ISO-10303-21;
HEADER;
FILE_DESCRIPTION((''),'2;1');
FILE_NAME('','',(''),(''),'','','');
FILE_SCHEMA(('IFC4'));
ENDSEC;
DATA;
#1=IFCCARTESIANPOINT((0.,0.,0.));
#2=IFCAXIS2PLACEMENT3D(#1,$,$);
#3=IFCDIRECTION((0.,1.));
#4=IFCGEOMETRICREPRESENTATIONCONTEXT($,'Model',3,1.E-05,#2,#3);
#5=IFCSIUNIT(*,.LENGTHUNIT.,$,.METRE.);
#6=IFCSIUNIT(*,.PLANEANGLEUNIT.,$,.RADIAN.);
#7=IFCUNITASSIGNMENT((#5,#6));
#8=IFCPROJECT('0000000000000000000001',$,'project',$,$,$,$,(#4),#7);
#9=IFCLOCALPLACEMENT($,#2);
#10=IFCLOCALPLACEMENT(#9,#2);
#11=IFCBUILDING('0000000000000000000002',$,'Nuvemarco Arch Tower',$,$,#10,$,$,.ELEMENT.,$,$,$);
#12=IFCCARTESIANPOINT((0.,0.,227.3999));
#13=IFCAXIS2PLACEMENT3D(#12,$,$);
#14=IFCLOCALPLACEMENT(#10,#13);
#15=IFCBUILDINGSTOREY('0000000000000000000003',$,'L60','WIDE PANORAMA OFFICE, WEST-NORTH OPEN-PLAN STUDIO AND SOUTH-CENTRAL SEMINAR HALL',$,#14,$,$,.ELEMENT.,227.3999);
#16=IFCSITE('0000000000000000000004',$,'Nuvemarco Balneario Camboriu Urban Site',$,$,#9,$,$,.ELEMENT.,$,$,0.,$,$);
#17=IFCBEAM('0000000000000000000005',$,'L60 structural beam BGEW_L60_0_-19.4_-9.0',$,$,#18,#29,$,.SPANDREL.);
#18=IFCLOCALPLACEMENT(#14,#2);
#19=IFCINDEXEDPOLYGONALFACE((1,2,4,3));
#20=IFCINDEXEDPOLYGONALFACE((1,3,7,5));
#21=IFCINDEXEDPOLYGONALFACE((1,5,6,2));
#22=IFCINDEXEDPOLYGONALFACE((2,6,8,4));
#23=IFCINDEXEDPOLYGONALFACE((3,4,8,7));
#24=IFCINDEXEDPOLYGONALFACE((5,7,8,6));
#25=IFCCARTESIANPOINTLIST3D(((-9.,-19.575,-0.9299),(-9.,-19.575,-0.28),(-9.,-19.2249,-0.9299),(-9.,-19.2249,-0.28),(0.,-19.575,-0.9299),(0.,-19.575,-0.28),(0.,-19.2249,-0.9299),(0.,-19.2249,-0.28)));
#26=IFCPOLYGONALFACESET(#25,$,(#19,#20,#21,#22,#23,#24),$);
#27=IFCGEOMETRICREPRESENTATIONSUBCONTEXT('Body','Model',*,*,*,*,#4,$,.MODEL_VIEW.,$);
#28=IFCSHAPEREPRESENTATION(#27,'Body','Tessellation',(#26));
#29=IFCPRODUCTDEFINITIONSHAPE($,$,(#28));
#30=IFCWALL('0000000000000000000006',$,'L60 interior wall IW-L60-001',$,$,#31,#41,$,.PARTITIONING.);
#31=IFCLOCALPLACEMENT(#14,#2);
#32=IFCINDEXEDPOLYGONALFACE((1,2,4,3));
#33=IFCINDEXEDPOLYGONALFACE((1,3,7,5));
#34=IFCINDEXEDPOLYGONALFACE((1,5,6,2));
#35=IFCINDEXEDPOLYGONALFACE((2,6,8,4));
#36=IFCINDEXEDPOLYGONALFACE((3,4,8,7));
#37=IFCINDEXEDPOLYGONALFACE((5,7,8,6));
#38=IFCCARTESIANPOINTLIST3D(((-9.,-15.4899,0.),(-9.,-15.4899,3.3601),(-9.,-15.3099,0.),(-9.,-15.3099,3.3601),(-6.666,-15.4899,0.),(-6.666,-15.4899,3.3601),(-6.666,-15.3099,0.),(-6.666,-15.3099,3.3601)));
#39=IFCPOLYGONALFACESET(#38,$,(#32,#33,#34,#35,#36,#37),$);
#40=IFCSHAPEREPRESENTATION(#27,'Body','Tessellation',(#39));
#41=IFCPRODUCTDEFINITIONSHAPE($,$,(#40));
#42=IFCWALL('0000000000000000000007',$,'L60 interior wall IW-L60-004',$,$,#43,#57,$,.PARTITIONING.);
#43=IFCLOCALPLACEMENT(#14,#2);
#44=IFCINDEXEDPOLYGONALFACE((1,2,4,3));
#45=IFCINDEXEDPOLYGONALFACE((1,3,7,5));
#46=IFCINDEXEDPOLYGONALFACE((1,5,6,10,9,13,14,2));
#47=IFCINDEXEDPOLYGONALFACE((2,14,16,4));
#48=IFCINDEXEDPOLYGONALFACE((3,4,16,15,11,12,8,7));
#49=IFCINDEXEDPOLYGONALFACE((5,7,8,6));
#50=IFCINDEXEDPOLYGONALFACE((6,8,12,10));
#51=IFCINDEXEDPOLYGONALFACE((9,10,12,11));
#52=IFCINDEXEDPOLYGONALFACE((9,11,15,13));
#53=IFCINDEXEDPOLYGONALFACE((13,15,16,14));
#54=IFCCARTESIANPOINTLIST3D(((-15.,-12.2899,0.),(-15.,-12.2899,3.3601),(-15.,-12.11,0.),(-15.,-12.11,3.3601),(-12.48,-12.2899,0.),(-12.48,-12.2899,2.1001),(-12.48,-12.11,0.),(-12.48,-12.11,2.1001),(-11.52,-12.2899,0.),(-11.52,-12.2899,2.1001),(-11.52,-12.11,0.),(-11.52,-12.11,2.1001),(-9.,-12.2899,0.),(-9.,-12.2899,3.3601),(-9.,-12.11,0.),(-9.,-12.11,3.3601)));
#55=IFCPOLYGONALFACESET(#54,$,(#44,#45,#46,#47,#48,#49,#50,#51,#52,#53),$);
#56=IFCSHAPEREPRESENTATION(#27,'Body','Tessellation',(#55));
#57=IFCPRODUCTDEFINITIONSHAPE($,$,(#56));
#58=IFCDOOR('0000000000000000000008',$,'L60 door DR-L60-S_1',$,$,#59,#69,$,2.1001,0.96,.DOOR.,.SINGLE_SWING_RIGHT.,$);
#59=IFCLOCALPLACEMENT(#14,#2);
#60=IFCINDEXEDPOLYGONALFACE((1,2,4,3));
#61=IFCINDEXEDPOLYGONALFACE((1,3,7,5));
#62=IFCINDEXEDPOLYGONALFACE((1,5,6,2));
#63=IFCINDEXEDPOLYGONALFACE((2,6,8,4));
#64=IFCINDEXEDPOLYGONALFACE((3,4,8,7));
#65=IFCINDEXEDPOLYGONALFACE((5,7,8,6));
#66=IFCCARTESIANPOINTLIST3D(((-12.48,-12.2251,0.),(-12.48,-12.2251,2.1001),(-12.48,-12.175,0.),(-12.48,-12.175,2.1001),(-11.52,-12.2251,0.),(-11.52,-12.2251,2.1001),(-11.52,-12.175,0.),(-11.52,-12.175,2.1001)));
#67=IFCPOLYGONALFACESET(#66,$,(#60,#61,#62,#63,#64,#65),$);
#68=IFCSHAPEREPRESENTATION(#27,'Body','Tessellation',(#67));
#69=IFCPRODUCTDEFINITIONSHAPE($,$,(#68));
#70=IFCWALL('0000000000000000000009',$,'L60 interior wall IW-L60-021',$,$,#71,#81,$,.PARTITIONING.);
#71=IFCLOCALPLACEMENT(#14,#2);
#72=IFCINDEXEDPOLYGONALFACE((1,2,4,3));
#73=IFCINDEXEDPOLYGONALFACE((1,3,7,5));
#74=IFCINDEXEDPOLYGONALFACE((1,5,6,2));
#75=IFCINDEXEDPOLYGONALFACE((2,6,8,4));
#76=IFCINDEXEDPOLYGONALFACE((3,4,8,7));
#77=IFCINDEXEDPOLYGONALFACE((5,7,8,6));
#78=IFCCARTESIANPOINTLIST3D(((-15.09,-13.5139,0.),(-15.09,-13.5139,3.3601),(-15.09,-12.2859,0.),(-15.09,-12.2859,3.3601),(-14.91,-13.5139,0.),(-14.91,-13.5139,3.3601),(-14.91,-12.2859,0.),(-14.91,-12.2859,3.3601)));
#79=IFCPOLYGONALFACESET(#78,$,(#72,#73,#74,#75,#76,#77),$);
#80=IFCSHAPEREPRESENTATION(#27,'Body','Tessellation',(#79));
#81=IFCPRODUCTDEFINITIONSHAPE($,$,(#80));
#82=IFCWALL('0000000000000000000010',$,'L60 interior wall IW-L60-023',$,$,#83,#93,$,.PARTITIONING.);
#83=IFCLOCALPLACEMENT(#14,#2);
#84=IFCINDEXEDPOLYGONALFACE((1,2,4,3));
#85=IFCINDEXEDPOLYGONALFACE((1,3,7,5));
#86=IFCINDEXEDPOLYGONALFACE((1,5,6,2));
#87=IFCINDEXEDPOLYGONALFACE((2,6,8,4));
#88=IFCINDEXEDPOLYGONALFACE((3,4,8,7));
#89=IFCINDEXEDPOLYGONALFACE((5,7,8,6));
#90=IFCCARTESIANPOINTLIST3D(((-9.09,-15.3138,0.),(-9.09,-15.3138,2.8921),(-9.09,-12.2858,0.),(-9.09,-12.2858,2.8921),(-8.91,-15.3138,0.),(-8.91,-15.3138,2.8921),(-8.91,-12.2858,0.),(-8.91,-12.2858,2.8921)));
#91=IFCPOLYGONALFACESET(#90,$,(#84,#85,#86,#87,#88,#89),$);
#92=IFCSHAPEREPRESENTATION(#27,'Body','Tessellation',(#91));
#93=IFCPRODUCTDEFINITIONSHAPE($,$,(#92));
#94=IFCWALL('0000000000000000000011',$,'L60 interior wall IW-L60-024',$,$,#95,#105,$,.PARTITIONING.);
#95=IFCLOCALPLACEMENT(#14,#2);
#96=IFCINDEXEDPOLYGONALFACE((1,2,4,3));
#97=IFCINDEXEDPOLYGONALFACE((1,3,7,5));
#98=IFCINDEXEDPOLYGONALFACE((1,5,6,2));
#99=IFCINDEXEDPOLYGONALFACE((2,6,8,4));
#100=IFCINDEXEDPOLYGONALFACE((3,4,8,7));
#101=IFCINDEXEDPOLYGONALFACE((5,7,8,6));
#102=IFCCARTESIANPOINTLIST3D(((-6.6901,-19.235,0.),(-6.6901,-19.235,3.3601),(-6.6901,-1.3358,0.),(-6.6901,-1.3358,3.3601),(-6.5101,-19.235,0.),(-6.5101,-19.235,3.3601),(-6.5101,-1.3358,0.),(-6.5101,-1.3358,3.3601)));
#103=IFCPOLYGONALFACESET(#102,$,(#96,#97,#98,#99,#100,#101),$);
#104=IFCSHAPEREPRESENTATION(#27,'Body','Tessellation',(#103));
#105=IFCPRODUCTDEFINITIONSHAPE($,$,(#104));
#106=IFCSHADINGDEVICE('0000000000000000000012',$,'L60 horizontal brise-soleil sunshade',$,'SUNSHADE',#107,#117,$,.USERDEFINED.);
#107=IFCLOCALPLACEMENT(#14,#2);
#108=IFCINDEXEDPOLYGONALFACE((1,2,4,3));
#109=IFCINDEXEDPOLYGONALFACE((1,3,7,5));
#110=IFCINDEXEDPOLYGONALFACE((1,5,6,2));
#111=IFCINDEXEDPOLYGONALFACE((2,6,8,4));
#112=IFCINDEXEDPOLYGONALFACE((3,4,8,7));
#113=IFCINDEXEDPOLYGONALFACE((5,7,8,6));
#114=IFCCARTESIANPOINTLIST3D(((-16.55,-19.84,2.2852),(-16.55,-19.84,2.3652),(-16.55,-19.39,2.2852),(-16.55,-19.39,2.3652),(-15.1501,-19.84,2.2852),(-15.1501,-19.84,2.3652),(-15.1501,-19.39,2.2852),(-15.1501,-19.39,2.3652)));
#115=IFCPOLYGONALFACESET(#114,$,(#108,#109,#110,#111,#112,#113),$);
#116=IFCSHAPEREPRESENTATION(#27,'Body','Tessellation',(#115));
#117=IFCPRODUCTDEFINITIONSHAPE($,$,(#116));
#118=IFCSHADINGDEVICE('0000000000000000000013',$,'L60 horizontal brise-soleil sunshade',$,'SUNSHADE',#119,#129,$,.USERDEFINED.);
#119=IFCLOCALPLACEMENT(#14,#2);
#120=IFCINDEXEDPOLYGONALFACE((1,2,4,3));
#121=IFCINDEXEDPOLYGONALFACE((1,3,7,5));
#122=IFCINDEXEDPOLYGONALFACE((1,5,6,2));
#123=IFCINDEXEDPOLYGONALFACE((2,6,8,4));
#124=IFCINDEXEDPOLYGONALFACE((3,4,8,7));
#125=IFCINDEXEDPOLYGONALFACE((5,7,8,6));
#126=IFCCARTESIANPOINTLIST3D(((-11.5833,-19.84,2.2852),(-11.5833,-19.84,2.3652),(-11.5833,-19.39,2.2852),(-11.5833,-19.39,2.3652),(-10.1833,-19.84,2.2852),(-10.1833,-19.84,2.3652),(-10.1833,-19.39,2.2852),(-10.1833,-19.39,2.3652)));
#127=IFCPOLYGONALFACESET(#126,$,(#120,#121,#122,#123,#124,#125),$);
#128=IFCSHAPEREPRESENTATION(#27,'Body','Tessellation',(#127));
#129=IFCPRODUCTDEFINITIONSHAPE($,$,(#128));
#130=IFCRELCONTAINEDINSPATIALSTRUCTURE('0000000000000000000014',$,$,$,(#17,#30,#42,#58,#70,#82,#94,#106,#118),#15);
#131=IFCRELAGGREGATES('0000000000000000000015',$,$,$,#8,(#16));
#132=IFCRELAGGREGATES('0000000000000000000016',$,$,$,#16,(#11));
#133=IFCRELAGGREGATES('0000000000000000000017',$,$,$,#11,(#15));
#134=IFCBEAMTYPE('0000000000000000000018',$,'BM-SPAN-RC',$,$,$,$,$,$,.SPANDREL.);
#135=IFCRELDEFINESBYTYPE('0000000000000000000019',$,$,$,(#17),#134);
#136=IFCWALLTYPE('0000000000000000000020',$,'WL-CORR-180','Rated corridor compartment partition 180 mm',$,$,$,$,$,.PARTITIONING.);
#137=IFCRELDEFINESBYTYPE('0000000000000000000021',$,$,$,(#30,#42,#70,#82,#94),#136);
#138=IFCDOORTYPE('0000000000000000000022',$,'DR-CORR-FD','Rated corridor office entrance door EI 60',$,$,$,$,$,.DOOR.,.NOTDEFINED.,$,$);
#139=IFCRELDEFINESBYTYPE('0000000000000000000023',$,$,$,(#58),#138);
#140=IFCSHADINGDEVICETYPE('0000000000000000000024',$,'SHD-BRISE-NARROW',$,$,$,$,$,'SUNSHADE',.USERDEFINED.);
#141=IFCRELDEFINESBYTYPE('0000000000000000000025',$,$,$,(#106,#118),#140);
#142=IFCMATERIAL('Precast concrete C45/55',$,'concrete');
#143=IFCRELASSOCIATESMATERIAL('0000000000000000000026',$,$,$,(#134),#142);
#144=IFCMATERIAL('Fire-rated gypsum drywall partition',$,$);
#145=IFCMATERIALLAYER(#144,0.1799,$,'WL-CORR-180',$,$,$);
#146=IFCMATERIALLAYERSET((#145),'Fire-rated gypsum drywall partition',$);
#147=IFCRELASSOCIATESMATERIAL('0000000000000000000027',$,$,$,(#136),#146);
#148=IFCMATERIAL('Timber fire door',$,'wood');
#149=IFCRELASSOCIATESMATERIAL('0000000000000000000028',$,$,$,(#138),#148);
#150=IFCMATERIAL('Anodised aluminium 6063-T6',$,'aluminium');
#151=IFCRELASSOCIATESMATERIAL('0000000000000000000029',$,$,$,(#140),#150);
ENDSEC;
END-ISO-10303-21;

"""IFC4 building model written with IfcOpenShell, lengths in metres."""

from ifc_helpers import new_model, si_unit, direction, frame, frame_2d, origin, origin_2d, place, context, subcontext, project, spatial, rectangle, extrude, source, transform, mapped, material, layer, layer_set, material_profile, profile_set, type_object, type_shapes, element, fill, save


model = new_model("IFC4")

# Units and contexts
model_context = context("Model", 3, precision=1e-05, world=origin(), true_north=direction((0.0, 1.0)))
body_context = subcontext(model_context, "Body", "Model", "MODEL_VIEW")
ifc_project = project(units=[si_unit("LENGTHUNIT", "METRE"), si_unit("PLANEANGLEUNIT", "RADIAN")], contexts=[model_context])

# Site, building, storey
site_placement = place(None, origin())
site = spatial("IfcSite", under=ifc_project, at=site_placement, Name="Nuvemarco Balneario Camboriu Urban Site", CompositionType="ELEMENT", RefElevation=0.0)
building_placement = place(site_placement, origin())
building = spatial("IfcBuilding", under=site, at=building_placement, Name="Nuvemarco Arch Tower", CompositionType="ELEMENT")
storey_placement = place(building_placement, frame((0.0, 0.0, 227.3999)))
storey = spatial("IfcBuildingStorey", under=building, at=storey_placement, Name="L60", Description="WIDE PANORAMA OFFICE, WEST-NORTH OPEN-PLAN STUDIO AND SOUTH-CENTRAL SEMINAR HALL", CompositionType="ELEMENT", Elevation=227.3999)

# Beam
ifc_material_1 = material(Name="Precast concrete C45/55", Category="concrete")
ifc_material_profile_1 = material_profile(ifc_material_1, rectangle(XDim=0.3501, YDim=0.6499, at=origin_2d()), Name="PC-SP-350x650")
ifc_profile_set_1 = profile_set([ifc_material_profile_1], Name="Precast concrete C45/55")
beam_type_1 = type_object("IfcBeamType", Name="BM-SPAN-RC", PredefinedType="SPANDREL", material=ifc_profile_set_1)
beam_1_placement = place(storey_placement, frame((-9.0, -19.3999, -0.605), z_axis=(1.0, 0.0, 0.0), x_axis=(0.0, 1.0, 0.0)))
element("IfcBeam", 1, at=beam_1_placement, inside=storey, type_object=beam_type_1, Name="L60 structural beam BGEW_L60_0_-19.4_-9.0", PredefinedType="SPANDREL", context=body_context, shape_type="SweptSolid", body=[
    extrude(rectangle(XDim=0.3501, YDim=0.6499, at=origin_2d()), origin(), (0.0, 0.0, 1.0), 9.0),
])

# Shared definitions
ifc_material_2 = material(Name="Anodised aluminium 6063-T6", Category="aluminium")

# Wall
ifc_material_3 = material(Name="Fire-rated gypsum drywall partition")
ifc_layer_1 = layer(ifc_material_3, 0.1799, Name="WL-CORR-180")
ifc_layer_set_1 = layer_set([ifc_layer_1], Name="Fire-rated gypsum drywall partition")
wall_type = type_object("IfcWallType", Name="WL-CORR-180", Description="Rated corridor compartment partition 180 mm", PredefinedType="PARTITIONING", material=ifc_layer_set_1)
wall_1_placement = place(storey_placement, frame((-9.0, -15.3999, 0.0), z_axis=(0.0, 0.0, 1.0), x_axis=(1.0, 0.0, 0.0)))
element("IfcWall", 2, at=wall_1_placement, inside=storey, type_object=wall_type, Name="L60 interior wall IW-L60-001", PredefinedType="PARTITIONING", context=body_context, shape_type="SweptSolid", body=[
    extrude(rectangle(XDim=2.334, YDim=0.1799, at=frame_2d((1.167, 0.0))), origin(), (0.0, 0.0, 1.0), 3.3601),
])

# Wall, opening, door
wall_2_placement = place(storey_placement, frame((-15.0, -12.2, 0.0), z_axis=(0.0, 0.0, 1.0), x_axis=(1.0, 0.0, 0.0)))
wall_2 = element("IfcWall", 3, at=wall_2_placement, inside=storey, type_object=wall_type, Name="L60 interior wall IW-L60-004", PredefinedType="PARTITIONING", context=body_context, shape_type="SweptSolid", body=[
    extrude(rectangle(XDim=6.0, YDim=0.1799, at=frame_2d((3.0, 0.0))), origin(), (0.0, 0.0, 1.0), 3.3601),
])
opening_placement = place(wall_2_placement, frame((2.52, 0.0, 0.0)))
opening = element("IfcOpeningElement", 4, at=opening_placement, cuts=wall_2, PredefinedType="OPENING", context=body_context, shape_type="SweptSolid", body=[
    extrude(rectangle(XDim=0.96, YDim=2.1001, at=frame_2d((0.48, 1.05))), frame((0.0, 0.0999, 0.0), z_axis=(0.0, -1.0, 0.0), x_axis=(1.0, 0.0, 0.0)), (0.0, 0.0, 1.0), 0.2),
])
ifc_material_4 = material(Name="Timber fire door", Category="wood")
door_type = type_object("IfcDoorType", Name="DR-CORR-FD", Description="Rated corridor office entrance door EI 60", OperationType="NOTDEFINED", PredefinedType="DOOR", material=ifc_material_4)
shared_shape_1 = source(origin(), body_context, "Body", "SweptSolid", [
    extrude(rectangle(XDim=0.96, YDim=2.1001, at=frame_2d((0.48, 1.05))), frame((0.0, 0.0249, 0.0), z_axis=(0.0, -1.0, 0.0), x_axis=(1.0, 0.0, 0.0)), (0.0, 0.0, 1.0), 0.05),
])
type_shapes(door_type, [shared_shape_1])
door_placement = place(opening_placement, origin())
door = element("IfcDoor", 5, at=door_placement, inside=storey, type_object=door_type, Name="L60 door DR-L60-S_1", OperationType="SINGLE_SWING_RIGHT", OverallHeight=2.1001, OverallWidth=0.96, PredefinedType="DOOR", context=body_context, shape_type="MappedRepresentation", body=[
    mapped(shared_shape_1, transform((0.0, 0.0, 0.0), scale=1.0)),
])
fill(opening, door)

# Walls
wall_3_placement = place(storey_placement, frame((-15.0, -13.5139, 0.0), z_axis=(0.0, 0.0, 1.0), x_axis=(0.0, 1.0, 0.0)))
element("IfcWall", 6, at=wall_3_placement, inside=storey, type_object=wall_type, Name="L60 interior wall IW-L60-021", PredefinedType="PARTITIONING", context=body_context, shape_type="SweptSolid", body=[
    extrude(rectangle(XDim=1.228, YDim=0.1799, at=frame_2d((0.614, 0.0))), origin(), (0.0, 0.0, 1.0), 3.3601),
])
wall_4_placement = place(storey_placement, frame((-9.0, -15.314, 0.0), z_axis=(0.0, 0.0, 1.0), x_axis=(0.0, 1.0, 0.0)))
element("IfcWall", 7, at=wall_4_placement, inside=storey, type_object=wall_type, Name="L60 interior wall IW-L60-023", PredefinedType="PARTITIONING", context=body_context, shape_type="SweptSolid", body=[
    extrude(rectangle(XDim=3.0281, YDim=0.1799, at=frame_2d((1.5142, 0.0))), origin(), (0.0, 0.0, 1.0), 2.8921),
])
wall_5_placement = place(storey_placement, frame((-6.6001, -19.2351, 0.0), z_axis=(0.0, 0.0, 1.0), x_axis=(0.0, 1.0, 0.0)))
element("IfcWall", 8, at=wall_5_placement, inside=storey, type_object=wall_type, Name="L60 interior wall IW-L60-024", PredefinedType="PARTITIONING", context=body_context, shape_type="SweptSolid", body=[
    extrude(rectangle(XDim=17.8992, YDim=0.1799, at=frame_2d((8.9497, 0.0))), origin(), (0.0, 0.0, 1.0), 3.3601),
])

# Shading devices
shading_device_type = type_object("IfcShadingDeviceType", Name="SHD-BRISE-NARROW", ElementType="SUNSHADE", PredefinedType="USERDEFINED", material=ifc_material_2)
shared_shape_2 = source(origin(), body_context, "Body", "SweptSolid", [
    extrude(rectangle(XDim=1.3999, YDim=0.45, at=origin_2d()), origin(), (0.0, 0.0, 1.0), 0.0801),
])
type_shapes(shading_device_type, [shared_shape_2])
for number, where, z_axis, x_axis, name in (
    (9, (-15.8501, -19.615, 2.2852), (0.0, 0.0, 1.0), (1.0, 0.0, 0.0), "L60 horizontal brise-soleil sunshade"),
    (10, (-10.8833, -19.615, 2.2852), (0.0, 0.0, 1.0), (1.0, 0.0, 0.0), "L60 horizontal brise-soleil sunshade"),
):
    element("IfcShadingDevice", number, at=place(storey_placement, frame(where, z_axis=z_axis, x_axis=x_axis)), inside=storey, type_object=shading_device_type, Name=name, ObjectType="SUNSHADE", PredefinedType="USERDEFINED", context=body_context, shape_type="MappedRepresentation", body=[
        mapped(shared_shape_2, transform((0.0, 0.0, 0.0), scale=1.0)),
    ])

save(model, "model.ifc")
